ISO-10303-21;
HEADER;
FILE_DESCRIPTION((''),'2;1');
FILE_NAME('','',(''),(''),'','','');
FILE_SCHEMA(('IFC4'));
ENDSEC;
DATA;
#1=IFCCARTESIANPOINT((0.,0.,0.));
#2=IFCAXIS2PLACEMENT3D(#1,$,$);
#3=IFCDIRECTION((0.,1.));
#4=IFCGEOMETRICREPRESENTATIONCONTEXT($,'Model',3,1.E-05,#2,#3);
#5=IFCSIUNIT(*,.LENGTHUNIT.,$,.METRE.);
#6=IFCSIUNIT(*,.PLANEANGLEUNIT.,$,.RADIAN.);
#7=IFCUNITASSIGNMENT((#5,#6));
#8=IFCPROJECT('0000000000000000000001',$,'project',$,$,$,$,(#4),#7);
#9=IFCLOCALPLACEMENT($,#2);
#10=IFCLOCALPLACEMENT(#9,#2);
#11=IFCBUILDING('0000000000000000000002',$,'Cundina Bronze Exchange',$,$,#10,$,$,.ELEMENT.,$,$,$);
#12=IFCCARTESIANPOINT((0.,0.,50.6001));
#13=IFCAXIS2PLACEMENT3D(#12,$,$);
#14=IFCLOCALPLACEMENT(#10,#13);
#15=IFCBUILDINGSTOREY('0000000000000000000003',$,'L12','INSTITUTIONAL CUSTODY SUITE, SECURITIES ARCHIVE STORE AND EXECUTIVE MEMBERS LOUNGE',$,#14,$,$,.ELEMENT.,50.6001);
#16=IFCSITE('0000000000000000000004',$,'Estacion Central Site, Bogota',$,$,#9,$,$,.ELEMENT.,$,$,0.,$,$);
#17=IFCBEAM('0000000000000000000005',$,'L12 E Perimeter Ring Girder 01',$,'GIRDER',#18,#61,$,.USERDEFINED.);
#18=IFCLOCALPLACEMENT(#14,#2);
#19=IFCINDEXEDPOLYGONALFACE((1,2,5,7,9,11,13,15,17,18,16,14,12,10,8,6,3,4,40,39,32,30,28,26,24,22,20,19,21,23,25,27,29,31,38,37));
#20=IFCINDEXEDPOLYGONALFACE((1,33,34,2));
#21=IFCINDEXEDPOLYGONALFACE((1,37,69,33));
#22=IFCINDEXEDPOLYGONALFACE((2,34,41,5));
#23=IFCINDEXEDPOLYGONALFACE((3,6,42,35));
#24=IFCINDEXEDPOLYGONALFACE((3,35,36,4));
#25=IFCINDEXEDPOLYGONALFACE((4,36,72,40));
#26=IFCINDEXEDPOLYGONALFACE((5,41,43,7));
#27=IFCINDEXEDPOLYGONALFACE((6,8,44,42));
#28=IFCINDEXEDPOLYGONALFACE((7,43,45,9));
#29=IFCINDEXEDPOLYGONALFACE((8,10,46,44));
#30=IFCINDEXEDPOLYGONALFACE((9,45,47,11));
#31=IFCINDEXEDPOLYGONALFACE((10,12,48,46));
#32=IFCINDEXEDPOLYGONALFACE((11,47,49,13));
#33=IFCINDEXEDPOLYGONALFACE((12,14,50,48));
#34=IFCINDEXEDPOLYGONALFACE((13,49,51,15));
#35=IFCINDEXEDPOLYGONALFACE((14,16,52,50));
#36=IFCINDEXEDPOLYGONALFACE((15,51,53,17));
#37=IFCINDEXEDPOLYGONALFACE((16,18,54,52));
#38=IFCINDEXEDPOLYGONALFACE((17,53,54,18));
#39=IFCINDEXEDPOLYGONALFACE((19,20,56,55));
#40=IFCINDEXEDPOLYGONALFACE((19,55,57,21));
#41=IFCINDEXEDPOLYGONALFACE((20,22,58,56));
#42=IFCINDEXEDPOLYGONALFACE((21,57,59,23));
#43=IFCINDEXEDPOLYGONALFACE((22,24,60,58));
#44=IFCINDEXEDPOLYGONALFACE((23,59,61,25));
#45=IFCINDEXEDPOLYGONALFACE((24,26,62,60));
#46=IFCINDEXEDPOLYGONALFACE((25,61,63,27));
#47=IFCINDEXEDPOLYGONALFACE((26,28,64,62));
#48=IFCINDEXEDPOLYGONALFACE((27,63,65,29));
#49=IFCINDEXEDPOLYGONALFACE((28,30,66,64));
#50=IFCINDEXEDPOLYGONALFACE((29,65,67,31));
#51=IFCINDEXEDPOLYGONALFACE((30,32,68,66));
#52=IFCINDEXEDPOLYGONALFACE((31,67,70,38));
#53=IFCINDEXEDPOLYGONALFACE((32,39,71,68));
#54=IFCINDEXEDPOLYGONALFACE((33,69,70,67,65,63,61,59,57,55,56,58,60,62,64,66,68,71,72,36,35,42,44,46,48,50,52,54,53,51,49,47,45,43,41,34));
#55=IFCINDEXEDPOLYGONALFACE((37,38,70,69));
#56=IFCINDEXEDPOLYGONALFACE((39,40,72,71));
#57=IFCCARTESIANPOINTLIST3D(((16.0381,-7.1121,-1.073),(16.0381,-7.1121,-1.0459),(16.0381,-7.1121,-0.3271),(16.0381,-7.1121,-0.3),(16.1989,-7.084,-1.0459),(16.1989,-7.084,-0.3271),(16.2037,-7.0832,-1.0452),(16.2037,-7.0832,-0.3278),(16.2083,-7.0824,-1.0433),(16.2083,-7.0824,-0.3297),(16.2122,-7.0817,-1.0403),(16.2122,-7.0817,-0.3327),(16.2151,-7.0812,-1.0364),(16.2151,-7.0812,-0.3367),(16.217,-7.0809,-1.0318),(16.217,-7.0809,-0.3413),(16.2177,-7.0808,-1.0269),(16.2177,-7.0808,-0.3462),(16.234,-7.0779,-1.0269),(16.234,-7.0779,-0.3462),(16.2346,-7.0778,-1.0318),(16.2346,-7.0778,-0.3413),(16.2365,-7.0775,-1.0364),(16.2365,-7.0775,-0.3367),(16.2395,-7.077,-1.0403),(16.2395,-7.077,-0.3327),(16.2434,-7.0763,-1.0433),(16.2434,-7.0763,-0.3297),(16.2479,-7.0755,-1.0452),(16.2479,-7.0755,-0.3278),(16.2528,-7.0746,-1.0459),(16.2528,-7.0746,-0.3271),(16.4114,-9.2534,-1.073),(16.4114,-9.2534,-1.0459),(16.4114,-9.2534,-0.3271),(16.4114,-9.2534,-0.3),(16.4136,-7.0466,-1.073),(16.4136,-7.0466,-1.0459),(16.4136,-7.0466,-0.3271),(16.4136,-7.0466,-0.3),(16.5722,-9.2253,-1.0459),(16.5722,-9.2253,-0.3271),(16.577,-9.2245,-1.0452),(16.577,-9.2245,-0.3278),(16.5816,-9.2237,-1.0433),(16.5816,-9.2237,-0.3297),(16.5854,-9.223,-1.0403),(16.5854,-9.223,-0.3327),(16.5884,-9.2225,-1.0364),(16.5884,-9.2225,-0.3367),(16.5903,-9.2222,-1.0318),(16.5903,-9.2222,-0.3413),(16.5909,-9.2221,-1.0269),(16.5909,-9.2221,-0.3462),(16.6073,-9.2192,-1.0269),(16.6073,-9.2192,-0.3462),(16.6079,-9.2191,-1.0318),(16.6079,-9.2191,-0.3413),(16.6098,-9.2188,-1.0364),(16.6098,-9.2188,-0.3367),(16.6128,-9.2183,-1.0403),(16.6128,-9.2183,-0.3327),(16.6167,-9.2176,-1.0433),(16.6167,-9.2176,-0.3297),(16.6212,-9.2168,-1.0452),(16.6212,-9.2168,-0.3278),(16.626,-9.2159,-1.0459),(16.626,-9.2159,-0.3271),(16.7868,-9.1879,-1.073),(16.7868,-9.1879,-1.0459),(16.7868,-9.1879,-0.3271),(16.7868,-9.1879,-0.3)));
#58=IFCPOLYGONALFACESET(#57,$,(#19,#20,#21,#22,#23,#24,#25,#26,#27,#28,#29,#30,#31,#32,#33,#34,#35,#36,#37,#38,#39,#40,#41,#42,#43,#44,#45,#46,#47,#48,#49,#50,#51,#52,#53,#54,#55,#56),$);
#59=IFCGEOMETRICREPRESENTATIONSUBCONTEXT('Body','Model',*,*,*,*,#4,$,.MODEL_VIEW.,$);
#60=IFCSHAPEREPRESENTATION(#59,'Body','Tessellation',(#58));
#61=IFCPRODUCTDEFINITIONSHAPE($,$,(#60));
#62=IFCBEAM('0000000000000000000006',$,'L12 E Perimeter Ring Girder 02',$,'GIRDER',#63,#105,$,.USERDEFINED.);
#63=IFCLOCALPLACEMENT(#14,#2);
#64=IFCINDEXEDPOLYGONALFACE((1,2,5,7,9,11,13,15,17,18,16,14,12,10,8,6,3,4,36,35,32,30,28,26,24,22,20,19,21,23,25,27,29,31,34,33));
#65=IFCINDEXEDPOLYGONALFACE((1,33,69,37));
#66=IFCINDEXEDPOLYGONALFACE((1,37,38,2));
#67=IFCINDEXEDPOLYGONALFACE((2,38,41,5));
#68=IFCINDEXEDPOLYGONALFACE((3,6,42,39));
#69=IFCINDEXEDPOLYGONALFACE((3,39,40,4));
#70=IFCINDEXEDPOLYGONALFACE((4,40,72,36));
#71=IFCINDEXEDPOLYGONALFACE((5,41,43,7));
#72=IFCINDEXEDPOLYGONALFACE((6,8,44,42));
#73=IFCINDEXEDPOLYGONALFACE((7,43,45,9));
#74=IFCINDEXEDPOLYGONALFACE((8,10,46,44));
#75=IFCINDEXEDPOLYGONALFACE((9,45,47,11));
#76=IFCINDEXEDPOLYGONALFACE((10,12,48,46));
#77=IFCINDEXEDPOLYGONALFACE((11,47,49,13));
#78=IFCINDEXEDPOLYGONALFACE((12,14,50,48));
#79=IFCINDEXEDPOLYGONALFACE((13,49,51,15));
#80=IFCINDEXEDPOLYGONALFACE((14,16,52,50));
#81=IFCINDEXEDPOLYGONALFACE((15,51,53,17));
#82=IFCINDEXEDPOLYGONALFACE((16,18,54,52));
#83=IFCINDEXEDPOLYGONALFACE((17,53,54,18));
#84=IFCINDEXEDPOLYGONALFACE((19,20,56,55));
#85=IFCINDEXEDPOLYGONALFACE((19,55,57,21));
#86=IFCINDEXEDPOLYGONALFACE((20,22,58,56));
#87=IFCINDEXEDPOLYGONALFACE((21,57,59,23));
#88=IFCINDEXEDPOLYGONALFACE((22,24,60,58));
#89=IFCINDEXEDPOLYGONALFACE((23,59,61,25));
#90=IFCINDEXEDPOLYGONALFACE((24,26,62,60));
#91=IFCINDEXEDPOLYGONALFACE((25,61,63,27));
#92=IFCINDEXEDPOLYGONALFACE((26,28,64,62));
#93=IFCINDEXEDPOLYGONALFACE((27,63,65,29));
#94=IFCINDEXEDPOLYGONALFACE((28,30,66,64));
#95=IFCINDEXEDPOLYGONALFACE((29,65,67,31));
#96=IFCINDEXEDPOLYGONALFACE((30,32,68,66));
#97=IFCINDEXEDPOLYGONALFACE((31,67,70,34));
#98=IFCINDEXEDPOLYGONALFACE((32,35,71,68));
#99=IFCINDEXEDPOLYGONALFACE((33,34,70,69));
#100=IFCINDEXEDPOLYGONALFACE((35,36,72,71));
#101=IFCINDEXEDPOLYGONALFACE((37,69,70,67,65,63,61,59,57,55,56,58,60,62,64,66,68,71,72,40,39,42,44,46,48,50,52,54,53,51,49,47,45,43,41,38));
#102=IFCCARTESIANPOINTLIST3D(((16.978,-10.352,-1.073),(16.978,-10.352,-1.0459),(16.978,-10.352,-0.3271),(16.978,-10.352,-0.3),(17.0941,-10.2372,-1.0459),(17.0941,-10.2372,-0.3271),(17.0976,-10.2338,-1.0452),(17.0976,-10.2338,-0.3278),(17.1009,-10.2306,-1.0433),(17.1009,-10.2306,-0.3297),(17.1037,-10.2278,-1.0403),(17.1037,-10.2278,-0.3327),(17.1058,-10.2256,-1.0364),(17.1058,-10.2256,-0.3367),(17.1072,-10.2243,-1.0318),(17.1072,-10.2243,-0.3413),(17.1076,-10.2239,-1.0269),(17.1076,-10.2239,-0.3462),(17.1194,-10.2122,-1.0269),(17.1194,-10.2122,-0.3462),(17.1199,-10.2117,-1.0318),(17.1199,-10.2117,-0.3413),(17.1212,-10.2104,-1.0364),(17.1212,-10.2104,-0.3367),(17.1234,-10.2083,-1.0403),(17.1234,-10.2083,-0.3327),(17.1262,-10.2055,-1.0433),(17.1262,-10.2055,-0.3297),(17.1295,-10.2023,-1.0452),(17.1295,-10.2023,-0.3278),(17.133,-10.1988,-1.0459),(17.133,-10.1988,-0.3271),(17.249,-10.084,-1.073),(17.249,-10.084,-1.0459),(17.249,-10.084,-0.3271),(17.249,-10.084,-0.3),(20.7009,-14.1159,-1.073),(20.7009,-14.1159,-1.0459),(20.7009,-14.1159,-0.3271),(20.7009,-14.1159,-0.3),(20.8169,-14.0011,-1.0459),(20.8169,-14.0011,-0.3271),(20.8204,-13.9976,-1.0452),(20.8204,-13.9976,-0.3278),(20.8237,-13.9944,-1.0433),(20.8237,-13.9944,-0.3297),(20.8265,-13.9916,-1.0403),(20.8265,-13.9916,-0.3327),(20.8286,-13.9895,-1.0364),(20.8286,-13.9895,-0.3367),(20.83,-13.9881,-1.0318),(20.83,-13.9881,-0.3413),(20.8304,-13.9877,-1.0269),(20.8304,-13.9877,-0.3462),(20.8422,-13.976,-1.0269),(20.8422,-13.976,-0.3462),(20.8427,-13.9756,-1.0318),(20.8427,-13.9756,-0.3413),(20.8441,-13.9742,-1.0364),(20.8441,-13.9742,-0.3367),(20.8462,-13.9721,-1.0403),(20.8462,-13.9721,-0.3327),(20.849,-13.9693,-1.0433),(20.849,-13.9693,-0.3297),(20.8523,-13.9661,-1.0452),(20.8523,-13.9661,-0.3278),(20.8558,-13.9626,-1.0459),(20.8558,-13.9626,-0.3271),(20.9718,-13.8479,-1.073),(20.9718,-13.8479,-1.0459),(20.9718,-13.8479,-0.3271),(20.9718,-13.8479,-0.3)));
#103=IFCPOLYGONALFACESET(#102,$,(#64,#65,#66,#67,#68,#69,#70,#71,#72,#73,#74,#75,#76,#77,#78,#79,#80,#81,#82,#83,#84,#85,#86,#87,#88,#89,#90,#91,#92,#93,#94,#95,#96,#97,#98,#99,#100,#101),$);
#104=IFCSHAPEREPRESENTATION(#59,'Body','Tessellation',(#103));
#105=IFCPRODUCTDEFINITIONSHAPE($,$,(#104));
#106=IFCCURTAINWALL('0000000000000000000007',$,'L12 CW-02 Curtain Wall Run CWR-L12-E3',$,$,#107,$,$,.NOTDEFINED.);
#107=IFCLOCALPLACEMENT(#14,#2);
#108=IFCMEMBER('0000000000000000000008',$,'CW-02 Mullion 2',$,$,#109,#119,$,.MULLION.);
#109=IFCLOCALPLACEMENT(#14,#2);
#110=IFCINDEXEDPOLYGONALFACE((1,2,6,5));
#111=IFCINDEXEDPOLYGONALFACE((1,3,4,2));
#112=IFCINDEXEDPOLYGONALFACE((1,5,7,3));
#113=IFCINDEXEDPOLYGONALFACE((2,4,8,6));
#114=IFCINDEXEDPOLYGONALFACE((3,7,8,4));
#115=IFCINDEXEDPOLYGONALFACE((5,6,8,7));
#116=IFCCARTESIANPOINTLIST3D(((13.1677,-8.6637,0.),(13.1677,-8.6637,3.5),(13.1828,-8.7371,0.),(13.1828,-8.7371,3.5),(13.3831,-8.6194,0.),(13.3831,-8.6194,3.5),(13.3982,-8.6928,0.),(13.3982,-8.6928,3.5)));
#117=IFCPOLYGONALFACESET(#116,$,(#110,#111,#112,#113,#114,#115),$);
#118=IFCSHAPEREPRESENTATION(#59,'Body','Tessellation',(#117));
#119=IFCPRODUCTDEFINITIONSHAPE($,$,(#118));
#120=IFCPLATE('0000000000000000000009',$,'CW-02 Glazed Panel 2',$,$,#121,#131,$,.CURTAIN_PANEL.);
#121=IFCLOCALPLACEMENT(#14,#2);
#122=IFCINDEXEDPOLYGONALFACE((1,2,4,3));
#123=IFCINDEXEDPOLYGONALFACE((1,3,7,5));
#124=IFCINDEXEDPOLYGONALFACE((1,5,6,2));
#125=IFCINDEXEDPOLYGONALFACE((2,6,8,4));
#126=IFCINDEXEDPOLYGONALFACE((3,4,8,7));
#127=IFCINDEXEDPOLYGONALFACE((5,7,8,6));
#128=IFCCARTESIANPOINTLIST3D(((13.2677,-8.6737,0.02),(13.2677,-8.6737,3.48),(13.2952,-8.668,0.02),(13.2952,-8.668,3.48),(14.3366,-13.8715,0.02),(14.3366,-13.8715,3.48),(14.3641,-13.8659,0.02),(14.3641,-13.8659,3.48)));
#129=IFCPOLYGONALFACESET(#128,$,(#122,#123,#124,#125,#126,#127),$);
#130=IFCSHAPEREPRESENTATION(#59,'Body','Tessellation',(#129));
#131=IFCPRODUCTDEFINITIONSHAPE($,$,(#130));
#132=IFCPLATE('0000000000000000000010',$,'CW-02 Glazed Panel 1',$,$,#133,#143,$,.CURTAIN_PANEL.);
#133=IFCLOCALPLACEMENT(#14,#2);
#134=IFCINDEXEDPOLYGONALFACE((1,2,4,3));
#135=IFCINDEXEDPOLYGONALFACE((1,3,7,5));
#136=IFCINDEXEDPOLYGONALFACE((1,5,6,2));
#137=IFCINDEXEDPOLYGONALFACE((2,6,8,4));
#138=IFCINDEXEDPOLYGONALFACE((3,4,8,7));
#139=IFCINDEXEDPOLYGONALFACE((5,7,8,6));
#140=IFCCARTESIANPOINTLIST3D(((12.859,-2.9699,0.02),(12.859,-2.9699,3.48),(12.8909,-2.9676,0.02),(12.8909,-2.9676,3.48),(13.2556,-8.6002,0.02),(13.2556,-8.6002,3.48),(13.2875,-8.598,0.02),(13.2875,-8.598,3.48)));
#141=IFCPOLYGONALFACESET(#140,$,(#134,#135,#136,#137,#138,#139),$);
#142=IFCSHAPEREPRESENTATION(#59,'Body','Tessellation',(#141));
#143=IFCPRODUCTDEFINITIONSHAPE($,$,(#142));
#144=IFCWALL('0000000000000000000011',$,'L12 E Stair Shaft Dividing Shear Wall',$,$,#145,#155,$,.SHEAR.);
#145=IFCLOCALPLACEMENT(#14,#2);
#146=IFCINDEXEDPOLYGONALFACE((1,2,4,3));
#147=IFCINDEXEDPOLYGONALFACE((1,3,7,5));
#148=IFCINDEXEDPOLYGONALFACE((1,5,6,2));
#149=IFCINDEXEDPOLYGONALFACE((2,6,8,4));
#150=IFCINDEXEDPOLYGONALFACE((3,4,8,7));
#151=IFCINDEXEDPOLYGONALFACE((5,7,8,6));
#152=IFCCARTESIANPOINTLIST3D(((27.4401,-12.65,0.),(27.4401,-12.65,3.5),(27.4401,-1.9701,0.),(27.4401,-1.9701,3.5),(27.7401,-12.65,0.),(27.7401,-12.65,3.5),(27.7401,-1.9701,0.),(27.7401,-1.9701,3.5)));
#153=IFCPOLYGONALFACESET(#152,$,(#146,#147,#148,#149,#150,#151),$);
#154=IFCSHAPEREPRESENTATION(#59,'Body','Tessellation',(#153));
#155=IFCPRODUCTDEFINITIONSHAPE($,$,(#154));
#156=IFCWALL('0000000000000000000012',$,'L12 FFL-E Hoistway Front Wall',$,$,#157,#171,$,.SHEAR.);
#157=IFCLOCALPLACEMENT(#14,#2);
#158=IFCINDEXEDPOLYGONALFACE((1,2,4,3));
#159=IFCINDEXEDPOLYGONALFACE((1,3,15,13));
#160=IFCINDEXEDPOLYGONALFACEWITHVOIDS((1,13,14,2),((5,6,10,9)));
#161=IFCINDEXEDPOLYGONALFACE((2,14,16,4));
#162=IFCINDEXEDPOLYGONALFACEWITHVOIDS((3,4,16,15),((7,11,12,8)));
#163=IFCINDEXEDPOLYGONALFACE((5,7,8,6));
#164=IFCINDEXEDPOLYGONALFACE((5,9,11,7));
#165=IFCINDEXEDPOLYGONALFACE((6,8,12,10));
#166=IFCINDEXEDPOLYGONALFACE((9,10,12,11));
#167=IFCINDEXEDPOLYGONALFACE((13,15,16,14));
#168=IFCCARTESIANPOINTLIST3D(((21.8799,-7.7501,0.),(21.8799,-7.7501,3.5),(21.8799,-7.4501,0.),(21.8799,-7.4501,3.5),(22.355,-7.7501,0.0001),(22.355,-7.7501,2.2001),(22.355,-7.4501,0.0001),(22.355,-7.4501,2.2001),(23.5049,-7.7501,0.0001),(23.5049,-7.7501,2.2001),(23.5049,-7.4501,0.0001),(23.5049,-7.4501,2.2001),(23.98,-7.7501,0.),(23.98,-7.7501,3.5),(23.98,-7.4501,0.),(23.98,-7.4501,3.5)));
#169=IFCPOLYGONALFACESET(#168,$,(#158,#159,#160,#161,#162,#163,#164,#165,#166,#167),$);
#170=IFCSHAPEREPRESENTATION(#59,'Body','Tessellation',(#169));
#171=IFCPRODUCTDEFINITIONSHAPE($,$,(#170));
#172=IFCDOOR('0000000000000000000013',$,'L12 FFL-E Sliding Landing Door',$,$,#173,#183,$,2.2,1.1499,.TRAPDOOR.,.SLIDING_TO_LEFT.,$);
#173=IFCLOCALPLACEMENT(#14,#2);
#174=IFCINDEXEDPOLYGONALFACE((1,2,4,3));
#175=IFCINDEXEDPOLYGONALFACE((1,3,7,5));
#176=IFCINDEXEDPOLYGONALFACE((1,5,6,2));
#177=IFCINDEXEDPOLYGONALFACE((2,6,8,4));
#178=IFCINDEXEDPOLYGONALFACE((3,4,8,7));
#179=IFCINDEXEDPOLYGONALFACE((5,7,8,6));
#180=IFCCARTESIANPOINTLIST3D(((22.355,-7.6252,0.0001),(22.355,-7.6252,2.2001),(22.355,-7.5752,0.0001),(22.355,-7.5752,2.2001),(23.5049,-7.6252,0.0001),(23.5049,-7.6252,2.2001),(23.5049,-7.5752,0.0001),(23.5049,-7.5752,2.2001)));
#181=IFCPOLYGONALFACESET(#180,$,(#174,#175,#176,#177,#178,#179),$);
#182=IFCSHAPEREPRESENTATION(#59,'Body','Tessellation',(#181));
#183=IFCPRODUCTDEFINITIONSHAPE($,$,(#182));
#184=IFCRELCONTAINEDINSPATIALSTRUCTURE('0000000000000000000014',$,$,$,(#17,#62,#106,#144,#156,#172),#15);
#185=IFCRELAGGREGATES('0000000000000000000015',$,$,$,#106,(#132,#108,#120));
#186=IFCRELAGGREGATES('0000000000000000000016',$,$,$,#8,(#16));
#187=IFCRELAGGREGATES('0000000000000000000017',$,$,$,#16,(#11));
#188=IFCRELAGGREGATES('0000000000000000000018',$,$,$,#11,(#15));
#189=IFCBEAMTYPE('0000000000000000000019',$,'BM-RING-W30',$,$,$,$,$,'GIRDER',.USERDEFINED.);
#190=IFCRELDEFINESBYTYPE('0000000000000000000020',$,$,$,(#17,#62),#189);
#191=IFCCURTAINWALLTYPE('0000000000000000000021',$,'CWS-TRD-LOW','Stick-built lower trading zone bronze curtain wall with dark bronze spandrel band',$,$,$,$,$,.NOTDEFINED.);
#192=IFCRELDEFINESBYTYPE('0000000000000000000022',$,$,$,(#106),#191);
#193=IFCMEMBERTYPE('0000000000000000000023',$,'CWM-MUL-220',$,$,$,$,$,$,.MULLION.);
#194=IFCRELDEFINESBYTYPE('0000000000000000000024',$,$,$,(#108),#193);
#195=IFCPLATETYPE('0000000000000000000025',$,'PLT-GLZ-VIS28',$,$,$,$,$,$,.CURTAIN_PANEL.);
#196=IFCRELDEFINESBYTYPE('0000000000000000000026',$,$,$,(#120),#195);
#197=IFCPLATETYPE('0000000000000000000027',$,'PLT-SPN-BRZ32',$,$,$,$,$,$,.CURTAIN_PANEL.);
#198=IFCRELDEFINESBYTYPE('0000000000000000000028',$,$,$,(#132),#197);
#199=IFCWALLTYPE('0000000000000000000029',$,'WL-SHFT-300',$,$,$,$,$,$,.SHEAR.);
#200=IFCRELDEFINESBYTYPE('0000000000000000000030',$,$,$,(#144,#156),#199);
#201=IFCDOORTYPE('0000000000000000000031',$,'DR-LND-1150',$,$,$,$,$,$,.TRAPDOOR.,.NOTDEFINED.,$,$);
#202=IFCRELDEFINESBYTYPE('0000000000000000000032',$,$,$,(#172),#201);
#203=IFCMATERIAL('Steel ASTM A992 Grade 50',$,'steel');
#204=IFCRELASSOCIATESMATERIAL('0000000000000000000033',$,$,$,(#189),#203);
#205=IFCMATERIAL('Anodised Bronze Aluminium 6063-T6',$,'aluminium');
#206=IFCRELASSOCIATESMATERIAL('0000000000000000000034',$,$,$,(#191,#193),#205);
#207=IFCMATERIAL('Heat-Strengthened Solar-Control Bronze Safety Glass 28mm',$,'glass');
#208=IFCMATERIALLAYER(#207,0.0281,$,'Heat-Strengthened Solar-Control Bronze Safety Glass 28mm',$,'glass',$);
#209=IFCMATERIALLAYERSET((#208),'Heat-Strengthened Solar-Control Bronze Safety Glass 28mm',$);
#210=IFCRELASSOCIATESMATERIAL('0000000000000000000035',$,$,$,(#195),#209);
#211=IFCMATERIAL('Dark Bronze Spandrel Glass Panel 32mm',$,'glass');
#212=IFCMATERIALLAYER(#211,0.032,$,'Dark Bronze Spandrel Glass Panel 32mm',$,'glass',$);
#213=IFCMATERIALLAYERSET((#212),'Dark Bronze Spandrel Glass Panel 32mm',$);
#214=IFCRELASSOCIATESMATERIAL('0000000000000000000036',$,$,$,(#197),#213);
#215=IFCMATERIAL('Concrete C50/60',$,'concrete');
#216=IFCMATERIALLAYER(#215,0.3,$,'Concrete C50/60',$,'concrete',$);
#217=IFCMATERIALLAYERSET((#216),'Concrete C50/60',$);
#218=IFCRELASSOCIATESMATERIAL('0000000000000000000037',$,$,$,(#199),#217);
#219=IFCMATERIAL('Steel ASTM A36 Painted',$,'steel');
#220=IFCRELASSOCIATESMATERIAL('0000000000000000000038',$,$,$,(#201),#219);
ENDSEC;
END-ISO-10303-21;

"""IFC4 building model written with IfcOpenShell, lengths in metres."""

from ifc_helpers import new_model, si_unit, direction, frame, frame_2d, origin, origin_2d, place, context, subcontext, project, spatial, rectangle, i_section, extrude, material, layer, layer_set, material_profile, profile_set, type_object, element, fill, aggregate, save


model = new_model("IFC4")

# Units and contexts
model_context = context("Model", 3, precision=1e-05, world=origin(), true_north=direction((0.0, 1.0)))
body_context = subcontext(model_context, "Body", "Model", "MODEL_VIEW")
ifc_project = project(units=[si_unit("LENGTHUNIT", "METRE"), si_unit("PLANEANGLEUNIT", "RADIAN")], contexts=[model_context])

# Site, building, storey
site_placement = place(None, origin())
site = spatial("IfcSite", under=ifc_project, at=site_placement, Name="Estacion Central Site, Bogota", CompositionType="ELEMENT", RefElevation=0.0)
building_placement = place(site_placement, origin())
building = spatial("IfcBuilding", under=site, at=building_placement, Name="Cundina Bronze Exchange", CompositionType="ELEMENT")
storey_placement = place(building_placement, frame((0.0, 0.0, 50.6001)))
storey = spatial("IfcBuildingStorey", under=building, at=storey_placement, Name="L12", Description="INSTITUTIONAL CUSTODY SUITE, SECURITIES ARCHIVE STORE AND EXECUTIVE MEMBERS LOUNGE", CompositionType="ELEMENT", Elevation=50.6001)

# Beams
ifc_material_1 = material(Name="Steel ASTM A992 Grade 50", Category="steel")
ifc_material_profile_1 = material_profile(ifc_material_1, i_section(OverallWidth=0.3811, OverallDepth=0.7729, WebThickness=0.0166, FlangeThickness=0.0271, FilletRadius=0.019, at=origin_2d()), Name="W30X173", Category="steel")
ifc_profile_set_1 = profile_set([ifc_material_profile_1], Name="Steel ASTM A992 Grade 50")
beam_type_1 = type_object("IfcBeamType", Name="BM-RING-W30", ElementType="GIRDER", PredefinedType="USERDEFINED", material=ifc_profile_set_1)
beam_1_placement = place(storey_placement, frame((16.2258, -7.0793, -0.6865), z_axis=(0.171735, -0.985143, 0.0), x_axis=(0.985143, 0.171735, 0.0)))
element("IfcBeam", 1, at=beam_1_placement, inside=storey, type_object=beam_type_1, Name="L12 E Perimeter Ring Girder 01", ObjectType="GIRDER", PredefinedType="USERDEFINED", context=body_context, shape_type="SweptSolid", body=[
    extrude(i_section(OverallWidth=0.3811, OverallDepth=0.7729, WebThickness=0.0166, FlangeThickness=0.0271, FilletRadius=0.019, at=origin_2d()), origin(), (0.0, 0.0, 1.0), 2.1736),
])
beam_2_placement = place(storey_placement, frame((17.1135, -10.218, -0.6865), z_axis=(0.703222, -0.71097, 0.0), x_axis=(0.71097, 0.703222, 0.0)))
element("IfcBeam", 2, at=beam_2_placement, inside=storey, type_object=beam_type_1, Name="L12 E Perimeter Ring Girder 02", ObjectType="GIRDER", PredefinedType="USERDEFINED", context=body_context, shape_type="SweptSolid", body=[
    extrude(i_section(OverallWidth=0.3811, OverallDepth=0.7729, WebThickness=0.0166, FlangeThickness=0.0271, FilletRadius=0.019, at=origin_2d()), origin(), (0.0, 0.0, 1.0), 5.2939),
])

# Curtain wall, member, plates
ifc_material_2 = material(Name="Anodised Bronze Aluminium 6063-T6", Category="aluminium")
curtain_wall_type = type_object("IfcCurtainWallType", Name="CWS-TRD-LOW", Description="Stick-built lower trading zone bronze curtain wall with dark bronze spandrel band", PredefinedType="NOTDEFINED", material=ifc_material_2)
curtain_wall_placement = place(storey_placement, origin())
curtain_wall = element("IfcCurtainWall", 3, at=curtain_wall_placement, inside=storey, type_object=curtain_wall_type, Name="L12 CW-02 Curtain Wall Run CWR-L12-E3", PredefinedType="NOTDEFINED")
ifc_material_profile_2 = material_profile(ifc_material_2, rectangle(XDim=0.075, YDim=0.22, at=origin_2d()), Name="AL75X220", Category="aluminium")
ifc_profile_set_2 = profile_set([ifc_material_profile_2], Name="Anodised Bronze Aluminium 6063-T6")
member_type = type_object("IfcMemberType", Name="CWM-MUL-220", PredefinedType="MULLION", material=ifc_profile_set_2)
member_placement = place(storey_placement, frame((13.283, -8.6782, 0.0), z_axis=(0.0, 0.0, 1.0), x_axis=(0.20142, -0.979505, 0.0)))
member = element("IfcMember", 4, at=member_placement, type_object=member_type, Name="CW-02 Mullion 2", PredefinedType="MULLION", context=body_context, shape_type="SweptSolid", body=[
    extrude(rectangle(XDim=0.075, YDim=0.22, at=origin_2d()), origin(), (0.0, 0.0, 1.0), 3.5),
])
ifc_material_3 = material(Name="Heat-Strengthened Solar-Control Bronze Safety Glass 28mm", Category="glass")
ifc_layer_1 = layer(ifc_material_3, 0.0281, Name="Heat-Strengthened Solar-Control Bronze Safety Glass 28mm", Category="glass")
ifc_layer_set_1 = layer_set([ifc_layer_1], Name="Heat-Strengthened Solar-Control Bronze Safety Glass 28mm")
plate_type_1 = type_object("IfcPlateType", Name="PLT-GLZ-VIS28", PredefinedType="CURTAIN_PANEL", material=ifc_layer_set_1)
plate_1_placement = place(storey_placement, frame((13.8159, -11.2698, 0.02), z_axis=(0.0, 0.0, 1.0), x_axis=(0.20142, -0.979505, 0.0)))
plate_1 = element("IfcPlate", 5, at=plate_1_placement, type_object=plate_type_1, Name="CW-02 Glazed Panel 2", PredefinedType="CURTAIN_PANEL", context=body_context, shape_type="SweptSolid", body=[
    extrude(rectangle(XDim=5.3066, YDim=0.0281, at=origin_2d()), origin(), (0.0, 0.0, 1.0), 3.46),
])
ifc_material_4 = material(Name="Dark Bronze Spandrel Glass Panel 32mm", Category="glass")
ifc_layer_2 = layer(ifc_material_4, 0.032, Name="Dark Bronze Spandrel Glass Panel 32mm", Category="glass")
ifc_layer_set_2 = layer_set([ifc_layer_2], Name="Dark Bronze Spandrel Glass Panel 32mm")
plate_type_2 = type_object("IfcPlateType", Name="PLT-SPN-BRZ32", PredefinedType="CURTAIN_PANEL", material=ifc_layer_set_2)
plate_2_placement = place(storey_placement, frame((13.0732, -5.7839, 0.02), z_axis=(0.0, 0.0, 1.0), x_axis=(0.070279, -0.997527, 0.0)))
plate_2 = element("IfcPlate", 6, at=plate_2_placement, type_object=plate_type_2, Name="CW-02 Glazed Panel 1", PredefinedType="CURTAIN_PANEL", context=body_context, shape_type="SweptSolid", body=[
    extrude(rectangle(XDim=5.6443, YDim=0.032, at=origin_2d()), origin(), (0.0, 0.0, 1.0), 3.46),
])
aggregate(curtain_wall, [plate_2, member, plate_1])

# Wall
ifc_material_5 = material(Name="Concrete C50/60", Category="concrete")
ifc_layer_3 = layer(ifc_material_5, 0.3, Name="Concrete C50/60", Category="concrete")
ifc_layer_set_3 = layer_set([ifc_layer_3], Name="Concrete C50/60")
wall_type_1 = type_object("IfcWallType", Name="WL-SHFT-300", PredefinedType="SHEAR", material=ifc_layer_set_3)
wall_1_placement = place(storey_placement, frame((27.5901, -12.6499, 0.0), z_axis=(0.0, 0.0, 1.0), x_axis=(0.0, 1.0, 0.0)))
element("IfcWall", 7, at=wall_1_placement, inside=storey, type_object=wall_type_1, Name="L12 E Stair Shaft Dividing Shear Wall", PredefinedType="SHEAR", context=body_context, shape_type="SweptSolid", body=[
    extrude(rectangle(XDim=10.6799, YDim=0.3, at=frame_2d((5.3398, 0.0))), origin(), (0.0, 0.0, 1.0), 3.5),
])

# Wall, opening, door
ifc_material_6 = material(Name="Steel ASTM A36 Painted", Category="steel")
wall_2_placement = place(storey_placement, frame((21.8799, -7.6001, 0.0), z_axis=(0.0, 0.0, 1.0), x_axis=(1.0, 0.0, 0.0)))
wall_2 = element("IfcWall", 8, at=wall_2_placement, inside=storey, type_object=wall_type_1, Name="L12 FFL-E Hoistway Front Wall", PredefinedType="SHEAR", context=body_context, shape_type="SweptSolid", body=[
    extrude(rectangle(XDim=2.1001, YDim=0.3, at=frame_2d((1.05, 0.0))), origin(), (0.0, 0.0, 1.0), 3.5),
])
opening_1_placement = place(wall_2_placement, frame((0.4751, 0.0, 0.0)))
opening_1 = element("IfcOpeningElement", 9, at=opening_1_placement, cuts=wall_2, PredefinedType="OPENING", context=body_context, shape_type="SweptSolid", body=[
    extrude(rectangle(XDim=1.1499, YDim=2.2, at=frame_2d((0.575, 1.1001))), frame((0.0, 0.1599, 0.0), z_axis=(0.0, -1.0, 0.0), x_axis=(1.0, 0.0, 0.0)), (0.0, 0.0, 1.0), 0.3201),
])
door_type_1 = type_object("IfcDoorType", Name="DR-LND-1150", OperationType="NOTDEFINED", PredefinedType="TRAPDOOR", material=ifc_material_6)
door_1_placement = place(opening_1_placement, origin())
door_1 = element("IfcDoor", 10, at=door_1_placement, inside=storey, type_object=door_type_1, Name="L12 FFL-E Sliding Landing Door", OperationType="SLIDING_TO_LEFT", OverallHeight=2.2, OverallWidth=1.1499, PredefinedType="TRAPDOOR", context=body_context, shape_type="SweptSolid", body=[
    extrude(rectangle(XDim=1.1499, YDim=2.2, at=frame_2d((0.575, 1.1001))), frame((0.0, 0.0249, 0.0), z_axis=(0.0, -1.0, 0.0), x_axis=(1.0, 0.0, 0.0)), (0.0, 0.0, 1.0), 0.05),
])
fill(opening_1, door_1)

save(model, "model.ifc")
